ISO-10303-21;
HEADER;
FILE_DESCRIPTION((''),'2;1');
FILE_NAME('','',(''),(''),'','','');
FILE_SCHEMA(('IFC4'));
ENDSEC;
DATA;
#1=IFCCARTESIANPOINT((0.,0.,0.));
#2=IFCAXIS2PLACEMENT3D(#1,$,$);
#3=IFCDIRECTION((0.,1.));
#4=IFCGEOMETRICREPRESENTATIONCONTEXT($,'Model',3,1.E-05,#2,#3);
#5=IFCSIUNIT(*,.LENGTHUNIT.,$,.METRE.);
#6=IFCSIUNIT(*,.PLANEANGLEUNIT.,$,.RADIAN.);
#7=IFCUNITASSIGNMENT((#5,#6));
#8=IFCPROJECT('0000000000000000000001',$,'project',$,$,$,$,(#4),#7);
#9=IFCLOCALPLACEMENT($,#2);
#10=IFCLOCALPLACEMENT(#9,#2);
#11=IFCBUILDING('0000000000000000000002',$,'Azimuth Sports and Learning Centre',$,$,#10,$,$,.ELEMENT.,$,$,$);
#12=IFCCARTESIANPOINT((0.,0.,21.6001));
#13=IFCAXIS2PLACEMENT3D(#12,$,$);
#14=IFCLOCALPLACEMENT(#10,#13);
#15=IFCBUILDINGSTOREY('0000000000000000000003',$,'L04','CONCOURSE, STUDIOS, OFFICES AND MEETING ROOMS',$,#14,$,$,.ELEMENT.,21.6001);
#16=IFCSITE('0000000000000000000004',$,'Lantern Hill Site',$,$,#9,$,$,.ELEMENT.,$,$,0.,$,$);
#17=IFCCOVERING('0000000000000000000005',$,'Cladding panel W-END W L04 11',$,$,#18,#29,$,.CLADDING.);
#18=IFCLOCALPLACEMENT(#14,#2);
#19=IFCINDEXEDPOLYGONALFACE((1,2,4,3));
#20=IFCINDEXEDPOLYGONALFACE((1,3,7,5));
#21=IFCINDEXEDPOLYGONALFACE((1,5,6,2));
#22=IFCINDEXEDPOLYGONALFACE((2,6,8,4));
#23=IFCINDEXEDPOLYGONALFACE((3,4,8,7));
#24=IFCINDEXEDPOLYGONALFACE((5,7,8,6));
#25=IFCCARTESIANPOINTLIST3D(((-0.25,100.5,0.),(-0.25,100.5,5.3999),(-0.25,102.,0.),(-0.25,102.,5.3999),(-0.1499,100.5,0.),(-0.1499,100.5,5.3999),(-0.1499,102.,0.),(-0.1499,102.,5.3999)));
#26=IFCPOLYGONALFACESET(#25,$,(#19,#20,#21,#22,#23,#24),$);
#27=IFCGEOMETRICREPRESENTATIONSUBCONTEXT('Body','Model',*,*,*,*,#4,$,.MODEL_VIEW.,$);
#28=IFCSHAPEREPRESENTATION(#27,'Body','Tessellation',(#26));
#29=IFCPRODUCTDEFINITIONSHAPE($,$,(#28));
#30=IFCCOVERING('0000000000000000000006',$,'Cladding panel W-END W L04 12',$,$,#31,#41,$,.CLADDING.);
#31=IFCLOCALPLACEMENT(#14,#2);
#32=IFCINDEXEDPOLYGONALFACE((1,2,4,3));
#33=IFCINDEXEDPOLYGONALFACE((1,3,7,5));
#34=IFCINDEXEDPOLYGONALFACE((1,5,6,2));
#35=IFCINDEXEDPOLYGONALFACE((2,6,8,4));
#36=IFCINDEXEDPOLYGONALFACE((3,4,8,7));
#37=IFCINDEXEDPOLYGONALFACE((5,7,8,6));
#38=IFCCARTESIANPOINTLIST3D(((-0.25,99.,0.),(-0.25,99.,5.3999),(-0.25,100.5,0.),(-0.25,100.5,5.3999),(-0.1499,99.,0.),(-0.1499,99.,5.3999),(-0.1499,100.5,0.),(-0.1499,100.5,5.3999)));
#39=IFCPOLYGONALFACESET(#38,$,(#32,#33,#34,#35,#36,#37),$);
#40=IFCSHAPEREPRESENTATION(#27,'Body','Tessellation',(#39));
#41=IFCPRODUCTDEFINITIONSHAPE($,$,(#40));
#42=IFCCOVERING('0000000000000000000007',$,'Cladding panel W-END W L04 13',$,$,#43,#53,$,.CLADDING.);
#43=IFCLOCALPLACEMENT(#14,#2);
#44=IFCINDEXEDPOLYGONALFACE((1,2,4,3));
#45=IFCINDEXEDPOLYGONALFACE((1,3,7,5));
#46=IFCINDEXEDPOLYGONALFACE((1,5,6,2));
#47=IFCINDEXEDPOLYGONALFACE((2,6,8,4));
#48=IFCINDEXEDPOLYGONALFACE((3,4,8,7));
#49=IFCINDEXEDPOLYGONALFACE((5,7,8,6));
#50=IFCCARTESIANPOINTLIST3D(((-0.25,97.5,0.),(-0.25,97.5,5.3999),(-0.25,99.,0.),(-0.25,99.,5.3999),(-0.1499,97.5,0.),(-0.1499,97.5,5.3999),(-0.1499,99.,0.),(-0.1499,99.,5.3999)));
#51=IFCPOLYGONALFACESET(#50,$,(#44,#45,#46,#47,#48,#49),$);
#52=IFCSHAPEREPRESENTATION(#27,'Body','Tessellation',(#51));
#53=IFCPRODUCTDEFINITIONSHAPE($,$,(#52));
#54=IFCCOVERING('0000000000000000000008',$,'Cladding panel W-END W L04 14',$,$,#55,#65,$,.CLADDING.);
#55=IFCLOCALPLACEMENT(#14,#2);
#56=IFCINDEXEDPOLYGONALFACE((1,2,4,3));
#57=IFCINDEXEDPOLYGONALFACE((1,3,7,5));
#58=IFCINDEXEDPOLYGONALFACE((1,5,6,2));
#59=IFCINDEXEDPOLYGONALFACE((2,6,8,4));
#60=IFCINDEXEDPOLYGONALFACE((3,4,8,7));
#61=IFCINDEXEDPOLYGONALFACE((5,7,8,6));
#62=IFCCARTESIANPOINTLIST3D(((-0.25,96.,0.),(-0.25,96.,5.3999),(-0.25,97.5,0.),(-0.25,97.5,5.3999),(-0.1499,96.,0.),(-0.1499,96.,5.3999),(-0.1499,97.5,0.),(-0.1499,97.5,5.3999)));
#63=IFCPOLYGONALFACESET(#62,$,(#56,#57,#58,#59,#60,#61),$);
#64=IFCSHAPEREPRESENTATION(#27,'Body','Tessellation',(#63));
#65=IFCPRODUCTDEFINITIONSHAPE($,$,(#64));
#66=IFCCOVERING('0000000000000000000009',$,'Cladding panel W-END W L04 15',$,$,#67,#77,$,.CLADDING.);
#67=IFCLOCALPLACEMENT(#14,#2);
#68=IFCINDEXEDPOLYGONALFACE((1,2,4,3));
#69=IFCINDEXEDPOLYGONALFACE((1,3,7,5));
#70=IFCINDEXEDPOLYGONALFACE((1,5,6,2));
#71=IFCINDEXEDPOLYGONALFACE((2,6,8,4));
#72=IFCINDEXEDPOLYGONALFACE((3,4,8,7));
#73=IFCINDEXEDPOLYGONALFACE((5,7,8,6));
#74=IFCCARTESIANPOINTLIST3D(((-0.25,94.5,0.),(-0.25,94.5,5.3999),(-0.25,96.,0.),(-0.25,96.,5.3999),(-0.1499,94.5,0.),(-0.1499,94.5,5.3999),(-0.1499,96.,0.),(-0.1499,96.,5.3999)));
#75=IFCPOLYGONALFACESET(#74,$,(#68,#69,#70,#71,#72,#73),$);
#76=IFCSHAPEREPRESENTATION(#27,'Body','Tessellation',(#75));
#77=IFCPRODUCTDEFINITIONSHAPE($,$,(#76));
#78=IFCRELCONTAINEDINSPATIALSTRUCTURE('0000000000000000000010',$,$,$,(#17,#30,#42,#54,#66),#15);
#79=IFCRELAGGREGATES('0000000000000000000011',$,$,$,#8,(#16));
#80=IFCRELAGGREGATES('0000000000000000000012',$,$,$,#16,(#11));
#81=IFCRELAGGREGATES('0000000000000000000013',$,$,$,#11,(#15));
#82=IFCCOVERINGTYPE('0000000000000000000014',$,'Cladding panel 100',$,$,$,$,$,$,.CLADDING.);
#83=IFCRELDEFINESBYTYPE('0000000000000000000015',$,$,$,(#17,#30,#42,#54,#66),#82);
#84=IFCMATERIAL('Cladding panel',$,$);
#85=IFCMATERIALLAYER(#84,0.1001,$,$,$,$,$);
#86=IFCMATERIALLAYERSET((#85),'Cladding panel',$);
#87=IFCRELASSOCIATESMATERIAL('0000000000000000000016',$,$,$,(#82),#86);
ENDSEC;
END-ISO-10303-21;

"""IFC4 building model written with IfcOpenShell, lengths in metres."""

from ifc_helpers import new_model, si_unit, direction, frame, origin, origin_2d, place, context, subcontext, project, spatial, rectangle, extrude, material, layer, layer_set, type_object, element, save


model = new_model("IFC4")

# Units and contexts
model_context = context("Model", 3, precision=1e-05, world=origin(), true_north=direction((0.0, 1.0)))
body_context = subcontext(model_context, "Body", "Model", "MODEL_VIEW")
ifc_project = project(units=[si_unit("LENGTHUNIT", "METRE"), si_unit("PLANEANGLEUNIT", "RADIAN")], contexts=[model_context])

# Site, building, storey
site_placement = place(None, origin())
site = spatial("IfcSite", under=ifc_project, at=site_placement, Name="Lantern Hill Site", CompositionType="ELEMENT", RefElevation=0.0)
building_placement = place(site_placement, origin())
building = spatial("IfcBuilding", under=site, at=building_placement, Name="Azimuth Sports and Learning Centre", CompositionType="ELEMENT")
storey_placement = place(building_placement, frame((0.0, 0.0, 21.6001)))
storey = spatial("IfcBuildingStorey", under=building, at=storey_placement, Name="L04", Description="CONCOURSE, STUDIOS, OFFICES AND MEETING ROOMS", CompositionType="ELEMENT", Elevation=21.6001)

# Coverings
ifc_material_1 = material(Name="Cladding panel")
ifc_layer_1 = layer(ifc_material_1, 0.1001)
ifc_layer_set_1 = layer_set([ifc_layer_1], Name="Cladding panel")
covering_type = type_object("IfcCoveringType", Name="Cladding panel 100", PredefinedType="CLADDING", material=ifc_layer_set_1)
for number, where, z_axis, x_axis, name in (
    (1, (-0.2, 101.25, 0.0), (0.0, 0.0, 1.0), (0.0, -1.0, 0.0), "Cladding panel W-END W L04 11"),
    (2, (-0.2, 99.75, 0.0), (0.0, 0.0, 1.0), (0.0, -1.0, 0.0), "Cladding panel W-END W L04 12"),
    (3, (-0.2, 98.25, 0.0), (0.0, 0.0, 1.0), (0.0, -1.0, 0.0), "Cladding panel W-END W L04 13"),
    (4, (-0.2, 96.75, 0.0), (0.0, 0.0, 1.0), (0.0, -1.0, 0.0), "Cladding panel W-END W L04 14"),
    (5, (-0.2, 95.25, 0.0), (0.0, 0.0, 1.0), (0.0, -1.0, 0.0), "Cladding panel W-END W L04 15"),
):
    element("IfcCovering", number, at=place(storey_placement, frame(where, z_axis=z_axis, x_axis=x_axis)), inside=storey, type_object=covering_type, Name=name, PredefinedType="CLADDING", context=body_context, shape_type="SweptSolid", body=[
        extrude(rectangle(XDim=1.5, YDim=0.1001, at=origin_2d()), origin(), (0.0, 0.0, 1.0), 5.3999),
    ])

save(model, "model.ifc")
